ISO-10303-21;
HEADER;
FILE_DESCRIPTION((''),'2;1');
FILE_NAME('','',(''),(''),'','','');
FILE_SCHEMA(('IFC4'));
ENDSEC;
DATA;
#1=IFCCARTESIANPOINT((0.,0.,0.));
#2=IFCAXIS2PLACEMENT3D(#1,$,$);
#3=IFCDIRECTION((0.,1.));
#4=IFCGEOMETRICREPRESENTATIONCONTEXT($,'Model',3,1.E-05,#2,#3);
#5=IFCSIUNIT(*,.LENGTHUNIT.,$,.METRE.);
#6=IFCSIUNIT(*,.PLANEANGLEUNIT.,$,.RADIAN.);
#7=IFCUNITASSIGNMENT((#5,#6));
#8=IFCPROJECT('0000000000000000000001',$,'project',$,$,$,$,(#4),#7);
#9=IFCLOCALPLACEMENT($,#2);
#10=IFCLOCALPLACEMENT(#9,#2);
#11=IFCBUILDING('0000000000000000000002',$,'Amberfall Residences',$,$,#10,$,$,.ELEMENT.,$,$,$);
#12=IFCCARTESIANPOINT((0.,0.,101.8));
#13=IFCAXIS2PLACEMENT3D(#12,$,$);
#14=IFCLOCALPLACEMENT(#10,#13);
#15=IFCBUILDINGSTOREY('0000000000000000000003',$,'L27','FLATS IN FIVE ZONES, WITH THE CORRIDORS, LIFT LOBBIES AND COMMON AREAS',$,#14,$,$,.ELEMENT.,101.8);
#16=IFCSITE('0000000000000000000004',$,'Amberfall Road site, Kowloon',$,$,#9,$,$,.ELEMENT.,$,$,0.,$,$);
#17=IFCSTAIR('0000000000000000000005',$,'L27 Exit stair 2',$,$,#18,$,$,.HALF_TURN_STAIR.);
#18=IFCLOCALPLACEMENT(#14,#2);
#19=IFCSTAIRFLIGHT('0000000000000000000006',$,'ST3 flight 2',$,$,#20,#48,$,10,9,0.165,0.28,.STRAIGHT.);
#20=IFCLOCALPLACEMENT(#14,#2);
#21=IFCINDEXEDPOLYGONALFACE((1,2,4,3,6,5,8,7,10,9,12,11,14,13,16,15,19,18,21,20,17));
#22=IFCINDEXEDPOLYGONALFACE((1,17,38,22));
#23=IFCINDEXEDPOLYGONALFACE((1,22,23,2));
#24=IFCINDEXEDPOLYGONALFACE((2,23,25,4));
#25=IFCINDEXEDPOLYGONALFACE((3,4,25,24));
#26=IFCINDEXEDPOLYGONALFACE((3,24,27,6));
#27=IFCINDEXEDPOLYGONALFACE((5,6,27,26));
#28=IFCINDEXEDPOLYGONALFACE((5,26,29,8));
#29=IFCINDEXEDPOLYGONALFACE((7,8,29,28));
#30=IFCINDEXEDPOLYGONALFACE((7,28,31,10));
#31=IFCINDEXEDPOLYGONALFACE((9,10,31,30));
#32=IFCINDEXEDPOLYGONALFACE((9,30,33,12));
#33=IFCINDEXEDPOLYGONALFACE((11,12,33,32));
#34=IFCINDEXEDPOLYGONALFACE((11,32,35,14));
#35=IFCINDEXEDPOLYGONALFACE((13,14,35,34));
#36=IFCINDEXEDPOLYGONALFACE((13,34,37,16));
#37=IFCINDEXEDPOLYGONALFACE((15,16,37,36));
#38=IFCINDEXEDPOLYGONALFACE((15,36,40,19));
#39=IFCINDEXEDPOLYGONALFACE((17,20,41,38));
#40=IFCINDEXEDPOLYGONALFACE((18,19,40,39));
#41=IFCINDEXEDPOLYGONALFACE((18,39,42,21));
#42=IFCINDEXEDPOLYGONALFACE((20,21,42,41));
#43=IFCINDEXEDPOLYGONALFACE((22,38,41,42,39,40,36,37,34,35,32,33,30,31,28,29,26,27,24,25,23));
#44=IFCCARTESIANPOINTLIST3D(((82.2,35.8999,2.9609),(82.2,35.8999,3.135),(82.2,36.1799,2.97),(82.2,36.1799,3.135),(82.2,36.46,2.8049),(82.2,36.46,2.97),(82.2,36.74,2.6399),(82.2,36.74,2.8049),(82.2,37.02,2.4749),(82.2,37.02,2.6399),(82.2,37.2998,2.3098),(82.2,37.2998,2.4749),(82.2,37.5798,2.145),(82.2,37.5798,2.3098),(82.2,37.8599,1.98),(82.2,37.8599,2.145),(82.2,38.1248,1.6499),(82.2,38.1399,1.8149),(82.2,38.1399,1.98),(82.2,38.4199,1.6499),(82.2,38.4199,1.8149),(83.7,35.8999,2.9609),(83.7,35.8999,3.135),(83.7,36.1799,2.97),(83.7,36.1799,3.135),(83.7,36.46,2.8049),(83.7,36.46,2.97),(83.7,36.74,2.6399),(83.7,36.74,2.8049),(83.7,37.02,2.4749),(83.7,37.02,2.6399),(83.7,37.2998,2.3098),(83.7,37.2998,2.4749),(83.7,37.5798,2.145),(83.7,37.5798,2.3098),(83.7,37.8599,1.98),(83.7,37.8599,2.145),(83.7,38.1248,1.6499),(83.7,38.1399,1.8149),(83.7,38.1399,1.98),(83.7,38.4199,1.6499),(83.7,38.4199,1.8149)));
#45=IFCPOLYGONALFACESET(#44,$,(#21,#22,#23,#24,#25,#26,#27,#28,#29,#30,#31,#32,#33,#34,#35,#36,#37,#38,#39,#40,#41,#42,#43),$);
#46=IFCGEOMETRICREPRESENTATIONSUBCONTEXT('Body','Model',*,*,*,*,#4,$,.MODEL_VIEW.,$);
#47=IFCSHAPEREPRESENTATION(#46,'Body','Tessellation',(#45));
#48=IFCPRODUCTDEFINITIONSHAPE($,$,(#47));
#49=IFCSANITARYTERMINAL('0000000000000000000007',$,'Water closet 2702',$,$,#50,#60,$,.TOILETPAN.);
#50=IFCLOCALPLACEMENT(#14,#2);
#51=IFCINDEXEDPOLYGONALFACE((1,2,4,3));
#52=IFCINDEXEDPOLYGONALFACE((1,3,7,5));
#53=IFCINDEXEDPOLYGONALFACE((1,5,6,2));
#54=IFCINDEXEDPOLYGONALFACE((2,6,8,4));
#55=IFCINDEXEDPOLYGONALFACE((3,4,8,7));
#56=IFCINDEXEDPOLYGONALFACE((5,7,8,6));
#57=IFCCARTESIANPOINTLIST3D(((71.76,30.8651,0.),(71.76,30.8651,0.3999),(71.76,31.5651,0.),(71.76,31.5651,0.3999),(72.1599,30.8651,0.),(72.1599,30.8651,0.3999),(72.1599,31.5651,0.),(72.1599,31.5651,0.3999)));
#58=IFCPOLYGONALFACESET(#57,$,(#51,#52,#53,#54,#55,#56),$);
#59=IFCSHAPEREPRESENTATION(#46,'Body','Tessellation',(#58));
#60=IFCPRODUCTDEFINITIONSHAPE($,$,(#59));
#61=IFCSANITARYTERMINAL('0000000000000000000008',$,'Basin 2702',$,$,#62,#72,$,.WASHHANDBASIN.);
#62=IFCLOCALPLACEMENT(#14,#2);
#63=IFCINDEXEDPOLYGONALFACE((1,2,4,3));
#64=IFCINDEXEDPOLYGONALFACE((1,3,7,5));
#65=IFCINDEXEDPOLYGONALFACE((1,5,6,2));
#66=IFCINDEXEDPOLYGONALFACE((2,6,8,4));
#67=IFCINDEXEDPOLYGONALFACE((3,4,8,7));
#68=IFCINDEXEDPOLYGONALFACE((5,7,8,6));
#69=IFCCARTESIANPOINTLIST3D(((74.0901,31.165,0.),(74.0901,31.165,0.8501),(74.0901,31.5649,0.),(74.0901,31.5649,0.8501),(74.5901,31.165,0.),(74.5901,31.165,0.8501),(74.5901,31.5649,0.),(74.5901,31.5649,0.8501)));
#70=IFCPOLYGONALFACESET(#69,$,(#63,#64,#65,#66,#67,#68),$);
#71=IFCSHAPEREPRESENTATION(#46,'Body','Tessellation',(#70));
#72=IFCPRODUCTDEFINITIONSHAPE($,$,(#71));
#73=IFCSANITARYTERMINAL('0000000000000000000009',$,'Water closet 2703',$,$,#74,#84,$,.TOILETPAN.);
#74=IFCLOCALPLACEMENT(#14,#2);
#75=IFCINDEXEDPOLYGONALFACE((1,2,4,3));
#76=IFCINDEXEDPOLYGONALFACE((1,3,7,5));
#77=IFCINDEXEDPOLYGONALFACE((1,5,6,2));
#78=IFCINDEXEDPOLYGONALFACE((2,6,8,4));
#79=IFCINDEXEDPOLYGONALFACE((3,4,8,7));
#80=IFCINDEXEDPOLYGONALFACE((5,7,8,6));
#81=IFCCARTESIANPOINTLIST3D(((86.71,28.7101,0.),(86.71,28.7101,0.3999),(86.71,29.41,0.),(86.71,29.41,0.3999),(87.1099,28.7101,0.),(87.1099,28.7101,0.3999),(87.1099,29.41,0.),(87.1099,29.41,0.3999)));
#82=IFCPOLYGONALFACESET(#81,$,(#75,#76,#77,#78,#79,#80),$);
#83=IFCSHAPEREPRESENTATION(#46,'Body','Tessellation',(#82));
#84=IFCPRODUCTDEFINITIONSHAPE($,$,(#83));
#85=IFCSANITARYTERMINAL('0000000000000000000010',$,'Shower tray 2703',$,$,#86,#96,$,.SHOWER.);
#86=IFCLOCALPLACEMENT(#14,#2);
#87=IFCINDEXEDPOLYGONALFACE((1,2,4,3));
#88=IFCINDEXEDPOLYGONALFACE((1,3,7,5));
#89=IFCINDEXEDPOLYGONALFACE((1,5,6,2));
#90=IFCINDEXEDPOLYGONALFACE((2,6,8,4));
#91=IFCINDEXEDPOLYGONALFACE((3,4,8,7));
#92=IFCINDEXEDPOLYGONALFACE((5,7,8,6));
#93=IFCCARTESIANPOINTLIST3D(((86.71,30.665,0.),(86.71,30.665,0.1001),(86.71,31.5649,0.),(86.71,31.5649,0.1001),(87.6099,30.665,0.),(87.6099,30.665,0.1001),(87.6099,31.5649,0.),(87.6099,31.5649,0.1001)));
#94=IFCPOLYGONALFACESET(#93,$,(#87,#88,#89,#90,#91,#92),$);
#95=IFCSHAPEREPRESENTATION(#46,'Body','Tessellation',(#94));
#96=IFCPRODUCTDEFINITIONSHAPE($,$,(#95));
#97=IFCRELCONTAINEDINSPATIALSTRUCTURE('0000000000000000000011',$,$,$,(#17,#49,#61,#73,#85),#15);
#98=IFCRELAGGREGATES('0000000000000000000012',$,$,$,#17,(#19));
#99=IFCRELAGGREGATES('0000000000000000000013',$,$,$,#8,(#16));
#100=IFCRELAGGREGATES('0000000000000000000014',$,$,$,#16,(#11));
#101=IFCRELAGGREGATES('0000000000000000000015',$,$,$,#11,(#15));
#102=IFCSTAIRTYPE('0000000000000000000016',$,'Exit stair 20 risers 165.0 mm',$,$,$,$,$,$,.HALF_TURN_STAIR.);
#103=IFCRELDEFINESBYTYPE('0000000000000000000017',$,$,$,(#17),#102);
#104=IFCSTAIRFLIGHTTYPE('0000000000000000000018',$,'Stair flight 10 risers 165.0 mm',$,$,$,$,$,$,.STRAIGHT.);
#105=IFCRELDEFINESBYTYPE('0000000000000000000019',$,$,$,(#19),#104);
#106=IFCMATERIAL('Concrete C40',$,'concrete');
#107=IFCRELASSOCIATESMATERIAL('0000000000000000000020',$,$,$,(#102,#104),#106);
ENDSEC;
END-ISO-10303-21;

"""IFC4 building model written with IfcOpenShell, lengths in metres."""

from ifc_helpers import new_model, si_unit, direction, frame, origin, origin_2d, place, context, subcontext, project, spatial, polyline, rectangle, outline, extrude, material, type_object, element, aggregate, save


model = new_model("IFC4")

# Units and contexts
model_context = context("Model", 3, precision=1e-05, world=origin(), true_north=direction((0.0, 1.0)))
body_context = subcontext(model_context, "Body", "Model", "MODEL_VIEW")
ifc_project = project(units=[si_unit("LENGTHUNIT", "METRE"), si_unit("PLANEANGLEUNIT", "RADIAN")], contexts=[model_context])

# Site, building, storey
site_placement = place(None, origin())
site = spatial("IfcSite", under=ifc_project, at=site_placement, Name="Amberfall Road site, Kowloon", CompositionType="ELEMENT", RefElevation=0.0)
building_placement = place(site_placement, origin())
building = spatial("IfcBuilding", under=site, at=building_placement, Name="Amberfall Residences", CompositionType="ELEMENT")
storey_placement = place(building_placement, frame((0.0, 0.0, 101.8)))
storey = spatial("IfcBuildingStorey", under=building, at=storey_placement, Name="L27", Description="FLATS IN FIVE ZONES, WITH THE CORRIDORS, LIFT LOBBIES AND COMMON AREAS", CompositionType="ELEMENT", Elevation=101.8)

# Stair, stair flight
ifc_material_1 = material(Name="Concrete C40", Category="concrete")
stair_type = type_object("IfcStairType", Name="Exit stair 20 risers 165.0 mm", PredefinedType="HALF_TURN_STAIR", material=ifc_material_1)
stair_placement = place(storey_placement, origin())
stair = element("IfcStair", 1, at=stair_placement, inside=storey, type_object=stair_type, Name="L27 Exit stair 2", PredefinedType="HALF_TURN_STAIR")
stair_flight_type = type_object("IfcStairFlightType", Name="Stair flight 10 risers 165.0 mm", PredefinedType="STRAIGHT", material=ifc_material_1)
stair_flight_1_placement = place(storey_placement, frame((82.95, 38.4199, 1.6499), z_axis=(0.0, 0.0, 1.0), x_axis=(0.0, -1.0, 0.0)))
stair_flight_1 = element("IfcStairFlight", 2, at=stair_flight_1_placement, type_object=stair_flight_type, Name="ST3 flight 2", NumberOfRisers=10, NumberOfTreads=9, PredefinedType="STRAIGHT", RiserHeight=0.165, TreadLength=0.28, context=body_context, shape_type="SweptSolid", body=[
    extrude(outline(polyline([(0.0, 0.0), (0.0, 0.165), (0.28, 0.165), (0.28, 0.3301), (0.5601, 0.3301), (0.5601, 0.4951), (0.8401, 0.4951), (0.8401, 0.6599), (1.1201, 0.6599), (1.1201, 0.825), (1.3999, 0.825), (1.3999, 0.99), (1.6799, 0.99), (1.6799, 1.155), (1.96, 1.155), (1.96, 1.3201), (2.24, 1.3201), (2.24, 1.4851), (2.52, 1.4851), (2.52, 1.6499), (2.52, 1.311), (0.2952, 0.0), (0.0, 0.0)])), frame((0.0, 0.75, 0.0), z_axis=(0.0, -1.0, 0.0), x_axis=(1.0, 0.0, 0.0)), (0.0, 0.0, 1.0), 1.5),
])
aggregate(stair, [stair_flight_1])

# Sanitary terminals
sanitary_terminal_1_placement = place(storey_placement, frame((71.96, 31.2151, 0.0), z_axis=(0.0, 0.0, 1.0), x_axis=(1.0, 0.0, 0.0)))
element("IfcSanitaryTerminal", 3, at=sanitary_terminal_1_placement, inside=storey, Name="Water closet 2702", PredefinedType="TOILETPAN", context=body_context, shape_type="SweptSolid", body=[
    extrude(rectangle(XDim=0.3999, YDim=0.7, at=origin_2d()), origin(), (0.0, 0.0, 1.0), 0.3999),
])
sanitary_terminal_2_placement = place(storey_placement, frame((74.3401, 31.365, 0.0), z_axis=(0.0, 0.0, 1.0), x_axis=(1.0, 0.0, 0.0)))
element("IfcSanitaryTerminal", 4, at=sanitary_terminal_2_placement, inside=storey, Name="Basin 2702", PredefinedType="WASHHANDBASIN", context=body_context, shape_type="SweptSolid", body=[
    extrude(rectangle(XDim=0.5, YDim=0.3999, at=origin_2d()), origin(), (0.0, 0.0, 1.0), 0.8501),
])
sanitary_terminal_3_placement = place(storey_placement, frame((86.9099, 29.0601, 0.0), z_axis=(0.0, 0.0, 1.0), x_axis=(1.0, 0.0, 0.0)))
element("IfcSanitaryTerminal", 5, at=sanitary_terminal_3_placement, inside=storey, Name="Water closet 2703", PredefinedType="TOILETPAN", context=body_context, shape_type="SweptSolid", body=[
    extrude(rectangle(XDim=0.3999, YDim=0.7, at=origin_2d()), origin(), (0.0, 0.0, 1.0), 0.3999),
])
sanitary_terminal_4_placement = place(storey_placement, frame((87.1599, 31.115, 0.0), z_axis=(0.0, 0.0, 1.0), x_axis=(1.0, 0.0, 0.0)))
element("IfcSanitaryTerminal", 6, at=sanitary_terminal_4_placement, inside=storey, Name="Shower tray 2703", PredefinedType="SHOWER", context=body_context, shape_type="SweptSolid", body=[
    extrude(rectangle(XDim=0.8999, YDim=0.8999, at=origin_2d()), origin(), (0.0, 0.0, 1.0), 0.1001),
])

save(model, "model.ifc")
